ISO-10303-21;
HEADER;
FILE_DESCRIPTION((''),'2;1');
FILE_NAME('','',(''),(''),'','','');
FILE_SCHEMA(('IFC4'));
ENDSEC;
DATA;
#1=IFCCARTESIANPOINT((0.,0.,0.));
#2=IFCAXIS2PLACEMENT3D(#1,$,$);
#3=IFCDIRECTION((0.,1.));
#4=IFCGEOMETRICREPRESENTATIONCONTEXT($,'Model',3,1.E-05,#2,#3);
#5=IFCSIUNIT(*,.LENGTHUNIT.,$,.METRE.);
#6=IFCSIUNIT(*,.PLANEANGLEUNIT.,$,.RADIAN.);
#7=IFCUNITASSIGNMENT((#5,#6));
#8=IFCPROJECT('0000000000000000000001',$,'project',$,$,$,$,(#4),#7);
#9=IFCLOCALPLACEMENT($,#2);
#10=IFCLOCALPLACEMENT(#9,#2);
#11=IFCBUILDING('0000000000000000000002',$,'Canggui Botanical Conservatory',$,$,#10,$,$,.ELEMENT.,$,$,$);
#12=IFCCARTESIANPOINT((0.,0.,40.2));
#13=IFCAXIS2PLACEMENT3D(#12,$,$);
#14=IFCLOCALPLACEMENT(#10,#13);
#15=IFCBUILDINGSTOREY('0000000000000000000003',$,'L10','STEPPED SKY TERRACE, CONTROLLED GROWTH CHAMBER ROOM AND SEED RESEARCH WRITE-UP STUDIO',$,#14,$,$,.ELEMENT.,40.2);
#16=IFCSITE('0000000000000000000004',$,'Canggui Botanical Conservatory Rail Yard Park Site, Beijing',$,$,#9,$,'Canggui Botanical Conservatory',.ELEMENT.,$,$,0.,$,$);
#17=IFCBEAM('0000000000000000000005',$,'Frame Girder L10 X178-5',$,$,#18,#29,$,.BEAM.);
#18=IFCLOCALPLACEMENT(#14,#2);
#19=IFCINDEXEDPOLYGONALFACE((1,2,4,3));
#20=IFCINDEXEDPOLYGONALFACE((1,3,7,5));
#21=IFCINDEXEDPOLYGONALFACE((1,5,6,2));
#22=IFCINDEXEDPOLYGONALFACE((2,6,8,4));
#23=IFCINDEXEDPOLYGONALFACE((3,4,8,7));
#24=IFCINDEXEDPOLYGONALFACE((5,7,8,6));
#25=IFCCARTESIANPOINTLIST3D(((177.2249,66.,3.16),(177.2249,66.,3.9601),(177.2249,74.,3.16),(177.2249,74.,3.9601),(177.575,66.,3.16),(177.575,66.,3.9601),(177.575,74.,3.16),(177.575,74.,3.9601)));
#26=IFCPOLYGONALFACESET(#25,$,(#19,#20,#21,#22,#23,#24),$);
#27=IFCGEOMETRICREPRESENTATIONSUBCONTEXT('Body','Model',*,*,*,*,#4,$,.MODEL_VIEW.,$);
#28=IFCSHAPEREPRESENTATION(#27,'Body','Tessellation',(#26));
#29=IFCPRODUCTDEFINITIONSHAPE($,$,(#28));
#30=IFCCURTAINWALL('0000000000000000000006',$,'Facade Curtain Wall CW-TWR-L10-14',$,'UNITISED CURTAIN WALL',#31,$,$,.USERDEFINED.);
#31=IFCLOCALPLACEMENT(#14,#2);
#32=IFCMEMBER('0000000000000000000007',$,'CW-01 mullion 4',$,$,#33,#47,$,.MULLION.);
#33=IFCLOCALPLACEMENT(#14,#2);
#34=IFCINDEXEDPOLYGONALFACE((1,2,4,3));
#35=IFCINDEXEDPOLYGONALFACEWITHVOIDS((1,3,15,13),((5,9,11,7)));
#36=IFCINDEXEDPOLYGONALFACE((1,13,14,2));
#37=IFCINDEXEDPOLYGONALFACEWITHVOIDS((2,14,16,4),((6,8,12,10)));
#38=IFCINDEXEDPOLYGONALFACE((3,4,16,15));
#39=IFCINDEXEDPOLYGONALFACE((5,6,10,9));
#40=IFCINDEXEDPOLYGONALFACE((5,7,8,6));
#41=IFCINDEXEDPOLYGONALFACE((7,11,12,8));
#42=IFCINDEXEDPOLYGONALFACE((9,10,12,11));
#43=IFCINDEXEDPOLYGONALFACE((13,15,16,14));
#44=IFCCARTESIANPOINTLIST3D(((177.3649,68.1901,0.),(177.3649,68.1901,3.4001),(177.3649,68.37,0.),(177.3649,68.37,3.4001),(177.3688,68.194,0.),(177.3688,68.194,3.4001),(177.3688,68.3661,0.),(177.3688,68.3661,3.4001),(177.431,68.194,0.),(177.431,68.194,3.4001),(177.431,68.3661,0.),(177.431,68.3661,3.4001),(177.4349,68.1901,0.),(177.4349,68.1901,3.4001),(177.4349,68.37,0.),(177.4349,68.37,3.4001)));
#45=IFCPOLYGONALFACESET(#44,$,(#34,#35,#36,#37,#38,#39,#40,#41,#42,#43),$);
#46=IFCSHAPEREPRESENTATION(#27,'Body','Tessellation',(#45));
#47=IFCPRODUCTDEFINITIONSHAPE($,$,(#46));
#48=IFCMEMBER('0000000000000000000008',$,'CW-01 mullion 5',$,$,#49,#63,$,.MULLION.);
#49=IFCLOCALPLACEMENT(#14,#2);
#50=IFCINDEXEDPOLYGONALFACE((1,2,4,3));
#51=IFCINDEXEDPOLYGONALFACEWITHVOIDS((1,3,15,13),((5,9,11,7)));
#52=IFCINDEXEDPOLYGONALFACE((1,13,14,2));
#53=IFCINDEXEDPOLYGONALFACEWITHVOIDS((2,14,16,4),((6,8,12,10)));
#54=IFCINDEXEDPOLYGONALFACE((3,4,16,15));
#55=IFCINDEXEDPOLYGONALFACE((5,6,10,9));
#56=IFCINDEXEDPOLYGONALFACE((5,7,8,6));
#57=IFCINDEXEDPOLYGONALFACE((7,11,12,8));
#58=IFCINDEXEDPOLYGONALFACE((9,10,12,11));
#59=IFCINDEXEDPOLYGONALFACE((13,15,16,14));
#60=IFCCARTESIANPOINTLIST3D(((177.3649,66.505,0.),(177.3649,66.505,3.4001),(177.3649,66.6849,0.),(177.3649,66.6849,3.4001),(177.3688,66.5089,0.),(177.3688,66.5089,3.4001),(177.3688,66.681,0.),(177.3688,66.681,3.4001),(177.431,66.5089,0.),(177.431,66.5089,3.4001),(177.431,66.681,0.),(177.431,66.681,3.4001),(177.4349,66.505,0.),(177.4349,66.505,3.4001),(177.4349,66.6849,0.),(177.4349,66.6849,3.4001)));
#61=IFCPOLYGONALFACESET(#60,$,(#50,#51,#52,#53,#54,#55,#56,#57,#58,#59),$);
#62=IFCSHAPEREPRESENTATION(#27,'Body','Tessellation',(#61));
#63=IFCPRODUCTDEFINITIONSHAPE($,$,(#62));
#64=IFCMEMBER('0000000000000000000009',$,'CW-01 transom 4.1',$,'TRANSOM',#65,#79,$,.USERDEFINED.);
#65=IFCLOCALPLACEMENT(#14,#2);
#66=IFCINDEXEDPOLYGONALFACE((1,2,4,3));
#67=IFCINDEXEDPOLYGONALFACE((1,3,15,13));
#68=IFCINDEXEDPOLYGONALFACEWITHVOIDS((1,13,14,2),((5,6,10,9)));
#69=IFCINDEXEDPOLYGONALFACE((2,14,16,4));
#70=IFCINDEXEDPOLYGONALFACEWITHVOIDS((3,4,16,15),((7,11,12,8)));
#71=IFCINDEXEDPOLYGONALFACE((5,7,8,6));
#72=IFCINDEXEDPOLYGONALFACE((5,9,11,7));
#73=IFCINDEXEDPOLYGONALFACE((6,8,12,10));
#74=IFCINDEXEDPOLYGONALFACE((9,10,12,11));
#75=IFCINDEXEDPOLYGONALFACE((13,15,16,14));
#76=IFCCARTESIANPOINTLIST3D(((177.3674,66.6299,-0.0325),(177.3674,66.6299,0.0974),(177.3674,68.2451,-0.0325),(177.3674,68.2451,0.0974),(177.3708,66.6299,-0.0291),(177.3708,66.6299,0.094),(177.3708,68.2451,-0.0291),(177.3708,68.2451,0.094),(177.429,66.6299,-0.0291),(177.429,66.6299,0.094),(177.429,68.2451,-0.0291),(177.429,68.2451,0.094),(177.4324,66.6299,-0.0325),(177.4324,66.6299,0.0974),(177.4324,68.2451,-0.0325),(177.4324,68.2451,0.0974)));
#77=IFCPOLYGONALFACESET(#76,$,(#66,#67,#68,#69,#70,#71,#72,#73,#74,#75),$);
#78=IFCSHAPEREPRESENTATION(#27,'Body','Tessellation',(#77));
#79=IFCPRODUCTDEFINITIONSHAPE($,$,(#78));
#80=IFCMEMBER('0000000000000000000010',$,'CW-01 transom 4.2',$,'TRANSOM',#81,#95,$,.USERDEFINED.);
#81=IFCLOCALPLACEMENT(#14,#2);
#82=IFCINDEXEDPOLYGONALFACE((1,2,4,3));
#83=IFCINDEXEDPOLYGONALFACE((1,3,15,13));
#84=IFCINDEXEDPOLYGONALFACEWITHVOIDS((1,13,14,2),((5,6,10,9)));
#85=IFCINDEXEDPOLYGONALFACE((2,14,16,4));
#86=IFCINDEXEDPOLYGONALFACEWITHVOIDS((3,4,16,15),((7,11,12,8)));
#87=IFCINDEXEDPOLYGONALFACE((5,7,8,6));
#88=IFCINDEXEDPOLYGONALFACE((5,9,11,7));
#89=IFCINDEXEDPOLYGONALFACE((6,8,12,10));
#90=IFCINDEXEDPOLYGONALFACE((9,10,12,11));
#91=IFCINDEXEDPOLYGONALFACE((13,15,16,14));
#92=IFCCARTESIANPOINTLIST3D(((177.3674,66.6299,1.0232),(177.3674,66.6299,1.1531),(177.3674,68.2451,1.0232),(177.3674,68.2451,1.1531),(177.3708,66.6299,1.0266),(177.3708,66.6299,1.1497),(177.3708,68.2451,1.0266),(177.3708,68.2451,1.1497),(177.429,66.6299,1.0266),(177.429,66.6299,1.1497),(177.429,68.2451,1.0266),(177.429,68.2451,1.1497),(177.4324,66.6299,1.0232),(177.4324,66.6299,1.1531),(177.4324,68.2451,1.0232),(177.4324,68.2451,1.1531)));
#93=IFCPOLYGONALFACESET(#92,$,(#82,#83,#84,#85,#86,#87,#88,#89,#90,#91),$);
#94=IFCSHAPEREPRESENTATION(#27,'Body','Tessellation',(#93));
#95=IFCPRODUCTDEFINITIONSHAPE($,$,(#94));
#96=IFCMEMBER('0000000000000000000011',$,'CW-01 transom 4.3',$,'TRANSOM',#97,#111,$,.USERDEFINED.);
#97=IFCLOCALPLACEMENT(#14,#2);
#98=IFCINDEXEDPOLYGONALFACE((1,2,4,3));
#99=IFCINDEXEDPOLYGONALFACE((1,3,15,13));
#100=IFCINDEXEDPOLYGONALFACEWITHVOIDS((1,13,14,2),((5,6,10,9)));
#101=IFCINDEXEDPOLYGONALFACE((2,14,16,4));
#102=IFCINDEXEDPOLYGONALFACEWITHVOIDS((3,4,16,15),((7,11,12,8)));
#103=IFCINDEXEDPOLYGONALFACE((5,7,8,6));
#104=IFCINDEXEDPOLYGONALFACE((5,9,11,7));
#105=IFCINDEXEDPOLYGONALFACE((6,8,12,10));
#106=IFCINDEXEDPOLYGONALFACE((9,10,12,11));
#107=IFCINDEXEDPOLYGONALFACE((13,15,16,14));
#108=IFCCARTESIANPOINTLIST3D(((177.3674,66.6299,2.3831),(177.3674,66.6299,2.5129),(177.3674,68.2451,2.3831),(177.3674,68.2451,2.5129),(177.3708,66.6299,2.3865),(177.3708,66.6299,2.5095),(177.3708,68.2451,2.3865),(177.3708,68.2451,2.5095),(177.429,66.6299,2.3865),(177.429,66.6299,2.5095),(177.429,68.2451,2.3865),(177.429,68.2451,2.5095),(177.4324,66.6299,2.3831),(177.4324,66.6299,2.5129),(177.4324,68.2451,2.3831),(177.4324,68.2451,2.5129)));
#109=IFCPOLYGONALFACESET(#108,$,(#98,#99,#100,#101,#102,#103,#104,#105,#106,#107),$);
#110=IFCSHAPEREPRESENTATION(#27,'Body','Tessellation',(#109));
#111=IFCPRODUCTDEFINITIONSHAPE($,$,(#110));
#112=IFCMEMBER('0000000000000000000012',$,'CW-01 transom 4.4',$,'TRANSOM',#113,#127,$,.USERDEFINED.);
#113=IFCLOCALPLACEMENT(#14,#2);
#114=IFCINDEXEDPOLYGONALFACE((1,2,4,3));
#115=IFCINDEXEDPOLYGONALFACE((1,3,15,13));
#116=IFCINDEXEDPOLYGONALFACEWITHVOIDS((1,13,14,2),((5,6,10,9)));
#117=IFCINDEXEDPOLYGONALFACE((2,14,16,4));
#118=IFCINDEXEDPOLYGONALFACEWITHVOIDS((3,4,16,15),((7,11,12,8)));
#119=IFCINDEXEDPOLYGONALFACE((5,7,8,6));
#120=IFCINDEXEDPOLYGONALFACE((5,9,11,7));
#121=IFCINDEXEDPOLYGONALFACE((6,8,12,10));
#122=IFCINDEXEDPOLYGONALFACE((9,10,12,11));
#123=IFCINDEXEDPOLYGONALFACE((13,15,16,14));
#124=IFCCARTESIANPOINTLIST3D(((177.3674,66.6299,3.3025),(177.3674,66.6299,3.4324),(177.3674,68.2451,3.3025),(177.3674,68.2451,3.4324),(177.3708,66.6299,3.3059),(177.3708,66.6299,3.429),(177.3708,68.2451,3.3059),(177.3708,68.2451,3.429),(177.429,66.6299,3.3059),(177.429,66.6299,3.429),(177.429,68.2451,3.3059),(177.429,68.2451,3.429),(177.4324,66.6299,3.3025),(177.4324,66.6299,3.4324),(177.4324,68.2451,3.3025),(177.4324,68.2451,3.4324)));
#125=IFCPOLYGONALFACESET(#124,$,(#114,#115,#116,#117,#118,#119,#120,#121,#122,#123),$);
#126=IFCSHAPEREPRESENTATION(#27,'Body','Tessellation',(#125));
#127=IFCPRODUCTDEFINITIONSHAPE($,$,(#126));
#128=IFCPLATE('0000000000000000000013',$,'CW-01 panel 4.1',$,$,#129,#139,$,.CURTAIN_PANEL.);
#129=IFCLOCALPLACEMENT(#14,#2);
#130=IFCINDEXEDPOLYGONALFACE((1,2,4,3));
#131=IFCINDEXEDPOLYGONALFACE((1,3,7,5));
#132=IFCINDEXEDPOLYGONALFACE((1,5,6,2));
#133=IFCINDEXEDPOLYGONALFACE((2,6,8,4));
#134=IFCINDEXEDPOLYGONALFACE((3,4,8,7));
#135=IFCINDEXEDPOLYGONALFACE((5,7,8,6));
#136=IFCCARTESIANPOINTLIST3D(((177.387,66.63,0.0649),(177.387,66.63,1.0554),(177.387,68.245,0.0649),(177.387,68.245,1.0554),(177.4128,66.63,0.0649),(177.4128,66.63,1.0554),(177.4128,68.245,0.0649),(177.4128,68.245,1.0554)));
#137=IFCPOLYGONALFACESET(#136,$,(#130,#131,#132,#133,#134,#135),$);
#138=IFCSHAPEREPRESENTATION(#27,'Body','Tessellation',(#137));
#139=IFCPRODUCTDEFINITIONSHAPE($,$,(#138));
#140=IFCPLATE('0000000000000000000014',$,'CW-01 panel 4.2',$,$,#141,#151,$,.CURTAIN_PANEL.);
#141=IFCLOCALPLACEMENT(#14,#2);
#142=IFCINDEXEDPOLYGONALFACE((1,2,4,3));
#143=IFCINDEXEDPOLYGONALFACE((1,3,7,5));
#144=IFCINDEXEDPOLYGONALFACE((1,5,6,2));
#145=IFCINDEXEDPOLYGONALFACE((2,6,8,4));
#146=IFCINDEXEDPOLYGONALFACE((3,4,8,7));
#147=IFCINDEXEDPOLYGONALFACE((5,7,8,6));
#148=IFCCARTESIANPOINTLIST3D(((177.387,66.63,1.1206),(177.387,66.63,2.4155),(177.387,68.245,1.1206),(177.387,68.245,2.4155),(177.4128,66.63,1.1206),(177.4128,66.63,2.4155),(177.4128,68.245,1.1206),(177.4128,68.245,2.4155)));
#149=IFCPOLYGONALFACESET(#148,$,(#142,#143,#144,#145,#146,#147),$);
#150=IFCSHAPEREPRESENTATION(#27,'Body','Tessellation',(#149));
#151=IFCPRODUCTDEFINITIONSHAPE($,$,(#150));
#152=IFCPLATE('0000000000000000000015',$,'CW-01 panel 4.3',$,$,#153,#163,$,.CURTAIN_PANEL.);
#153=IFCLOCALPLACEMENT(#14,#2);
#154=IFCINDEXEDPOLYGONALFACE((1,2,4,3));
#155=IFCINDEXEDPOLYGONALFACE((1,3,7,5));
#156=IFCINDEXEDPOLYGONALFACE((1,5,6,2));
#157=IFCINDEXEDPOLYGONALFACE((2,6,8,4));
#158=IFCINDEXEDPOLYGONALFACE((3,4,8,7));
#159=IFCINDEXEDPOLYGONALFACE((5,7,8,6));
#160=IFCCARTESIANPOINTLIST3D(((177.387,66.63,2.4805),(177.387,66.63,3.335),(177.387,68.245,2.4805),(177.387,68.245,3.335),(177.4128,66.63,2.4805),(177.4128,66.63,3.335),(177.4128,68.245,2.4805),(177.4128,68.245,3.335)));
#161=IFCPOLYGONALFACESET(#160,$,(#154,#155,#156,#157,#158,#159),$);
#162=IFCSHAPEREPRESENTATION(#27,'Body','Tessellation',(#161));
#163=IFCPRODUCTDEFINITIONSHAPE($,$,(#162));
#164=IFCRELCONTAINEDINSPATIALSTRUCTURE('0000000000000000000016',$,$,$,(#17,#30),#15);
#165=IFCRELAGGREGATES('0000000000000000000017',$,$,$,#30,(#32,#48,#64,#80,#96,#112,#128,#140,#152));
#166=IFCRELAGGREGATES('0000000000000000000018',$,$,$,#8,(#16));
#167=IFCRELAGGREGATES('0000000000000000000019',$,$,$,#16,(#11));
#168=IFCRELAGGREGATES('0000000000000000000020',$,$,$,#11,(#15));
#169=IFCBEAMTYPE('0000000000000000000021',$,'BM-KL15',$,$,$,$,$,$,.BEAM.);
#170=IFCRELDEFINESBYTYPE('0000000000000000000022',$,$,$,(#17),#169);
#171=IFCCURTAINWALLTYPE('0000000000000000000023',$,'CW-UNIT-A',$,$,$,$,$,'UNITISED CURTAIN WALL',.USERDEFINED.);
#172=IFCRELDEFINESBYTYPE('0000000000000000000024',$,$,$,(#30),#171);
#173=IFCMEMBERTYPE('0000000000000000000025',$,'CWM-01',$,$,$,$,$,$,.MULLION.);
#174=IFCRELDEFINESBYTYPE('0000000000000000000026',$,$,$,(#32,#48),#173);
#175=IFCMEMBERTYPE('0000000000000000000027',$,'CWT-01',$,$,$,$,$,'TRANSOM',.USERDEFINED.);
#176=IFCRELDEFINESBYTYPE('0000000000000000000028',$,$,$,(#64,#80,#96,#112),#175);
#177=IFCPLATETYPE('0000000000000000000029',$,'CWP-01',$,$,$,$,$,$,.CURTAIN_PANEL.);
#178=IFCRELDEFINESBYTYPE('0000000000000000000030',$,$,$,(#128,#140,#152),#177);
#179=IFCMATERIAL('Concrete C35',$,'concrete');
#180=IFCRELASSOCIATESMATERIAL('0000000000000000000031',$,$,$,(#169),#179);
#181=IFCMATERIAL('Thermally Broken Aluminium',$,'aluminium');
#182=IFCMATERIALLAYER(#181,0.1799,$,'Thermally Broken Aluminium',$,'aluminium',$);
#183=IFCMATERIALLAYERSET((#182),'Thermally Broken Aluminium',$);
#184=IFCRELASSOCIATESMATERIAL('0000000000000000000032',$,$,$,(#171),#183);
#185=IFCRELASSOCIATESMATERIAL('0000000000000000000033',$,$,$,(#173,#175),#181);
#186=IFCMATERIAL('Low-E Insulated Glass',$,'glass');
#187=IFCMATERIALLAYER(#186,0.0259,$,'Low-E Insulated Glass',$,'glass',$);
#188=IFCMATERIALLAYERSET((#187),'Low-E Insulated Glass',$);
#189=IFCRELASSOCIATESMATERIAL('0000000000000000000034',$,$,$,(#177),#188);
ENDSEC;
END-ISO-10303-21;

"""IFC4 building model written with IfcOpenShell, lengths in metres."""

from ifc_helpers import new_model, si_unit, direction, frame, origin, origin_2d, place, context, subcontext, project, spatial, rectangle, hollow_rectangle, extrude, material, layer, layer_set, material_profile, profile_set, type_object, element, aggregate, save


model = new_model("IFC4")

# Units and contexts
model_context = context("Model", 3, precision=1e-05, world=origin(), true_north=direction((0.0, 1.0)))
body_context = subcontext(model_context, "Body", "Model", "MODEL_VIEW")
ifc_project = project(units=[si_unit("LENGTHUNIT", "METRE"), si_unit("PLANEANGLEUNIT", "RADIAN")], contexts=[model_context])

# Site, building, storey
site_placement = place(None, origin())
site = spatial("IfcSite", under=ifc_project, at=site_placement, Name="Canggui Botanical Conservatory Rail Yard Park Site, Beijing", LongName="Canggui Botanical Conservatory", CompositionType="ELEMENT", RefElevation=0.0)
building_placement = place(site_placement, origin())
building = spatial("IfcBuilding", under=site, at=building_placement, Name="Canggui Botanical Conservatory", CompositionType="ELEMENT")
storey_placement = place(building_placement, frame((0.0, 0.0, 40.2)))
storey = spatial("IfcBuildingStorey", under=building, at=storey_placement, Name="L10", Description="STEPPED SKY TERRACE, CONTROLLED GROWTH CHAMBER ROOM AND SEED RESEARCH WRITE-UP STUDIO", CompositionType="ELEMENT", Elevation=40.2)

# Shared definitions
ifc_material_1 = material(Name="Concrete C35", Category="concrete")

# Beam
ifc_material_profile_1 = material_profile(ifc_material_1, rectangle(XDim=0.3501, YDim=0.8, at=origin_2d()), Name="RB 350x800")
ifc_profile_set_1 = profile_set([ifc_material_profile_1], Name="Concrete C35")
beam_type_1 = type_object("IfcBeamType", Name="BM-KL15", PredefinedType="BEAM", material=ifc_profile_set_1)
for number, where, z_axis, x_axis, name in (
    (1, (177.3999, 66.0, 3.5601), (0.0, 1.0, 0.0), (-1.0, 0.0, 0.0), "Frame Girder L10 X178-5"),
):
    element("IfcBeam", number, at=place(storey_placement, frame(where, z_axis=z_axis, x_axis=x_axis)), inside=storey, type_object=beam_type_1, Name=name, PredefinedType="BEAM", context=body_context, shape_type="SweptSolid", body=[
        extrude(rectangle(XDim=0.3501, YDim=0.8, at=origin_2d()), origin(), (0.0, 0.0, 1.0), 8.0),
    ])

# Curtain wall, members, plates
ifc_material_2 = material(Name="Thermally Broken Aluminium", Category="aluminium")
ifc_layer_1 = layer(ifc_material_2, 0.1799, Name="Thermally Broken Aluminium", Category="aluminium")
ifc_layer_set_1 = layer_set([ifc_layer_1], Name="Thermally Broken Aluminium")
curtain_wall_type = type_object("IfcCurtainWallType", Name="CW-UNIT-A", ElementType="UNITISED CURTAIN WALL", PredefinedType="USERDEFINED", material=ifc_layer_set_1)
curtain_wall_placement = place(storey_placement, origin())
curtain_wall = element("IfcCurtainWall", 2, at=curtain_wall_placement, inside=storey, type_object=curtain_wall_type, Name="Facade Curtain Wall CW-TWR-L10-14", ObjectType="UNITISED CURTAIN WALL", PredefinedType="USERDEFINED")
ifc_material_profile_2 = material_profile(ifc_material_2, hollow_rectangle(XDim=0.0701, YDim=0.1799, WallThickness=0.0039, at=origin_2d()), Name="CWM 70x180x4")
ifc_profile_set_2 = profile_set([ifc_material_profile_2], Name="Thermally Broken Aluminium")
member_type_1 = type_object("IfcMemberType", Name="CWM-01", PredefinedType="MULLION", material=ifc_profile_set_2)
member_1_placement = place(storey_placement, frame((177.3999, 68.28, 0.0), z_axis=(0.0, 0.0, 1.0), x_axis=(1.0, 0.0, 0.0)))
member_1 = element("IfcMember", 3, at=member_1_placement, type_object=member_type_1, Name="CW-01 mullion 4", PredefinedType="MULLION", context=body_context, shape_type="SweptSolid", body=[
    extrude(hollow_rectangle(XDim=0.0701, YDim=0.1799, WallThickness=0.0039, at=origin_2d()), origin(), (0.0, 0.0, 1.0), 3.4001),
])
member_2_placement = place(storey_placement, frame((177.3999, 66.595, 0.0), z_axis=(0.0, 0.0, 1.0), x_axis=(1.0, 0.0, 0.0)))
member_2 = element("IfcMember", 4, at=member_2_placement, type_object=member_type_1, Name="CW-01 mullion 5", PredefinedType="MULLION", context=body_context, shape_type="SweptSolid", body=[
    extrude(hollow_rectangle(XDim=0.0701, YDim=0.1799, WallThickness=0.0039, at=origin_2d()), origin(), (0.0, 0.0, 1.0), 3.4001),
])
ifc_material_profile_3 = material_profile(ifc_material_2, hollow_rectangle(XDim=0.0649, YDim=0.1299, WallThickness=0.0034, at=origin_2d()), Name="CWT 65x130x3.5")
ifc_profile_set_3 = profile_set([ifc_material_profile_3], Name="Thermally Broken Aluminium")
member_type_2 = type_object("IfcMemberType", Name="CWT-01", ElementType="TRANSOM", PredefinedType="USERDEFINED", material=ifc_profile_set_3)
member_3_placement = place(storey_placement, frame((177.3999, 68.2451, 0.0325), z_axis=(0.0, -1.0, 0.0), x_axis=(1.0, 0.0, 0.0)))
member_3 = element("IfcMember", 5, at=member_3_placement, type_object=member_type_2, Name="CW-01 transom 4.1", ObjectType="TRANSOM", PredefinedType="USERDEFINED", context=body_context, shape_type="SweptSolid", body=[
    extrude(hollow_rectangle(XDim=0.0649, YDim=0.1299, WallThickness=0.0034, at=origin_2d()), origin(), (0.0, 0.0, 1.0), 1.6152),
])
member_4_placement = place(storey_placement, frame((177.3999, 68.2451, 1.0881), z_axis=(0.0, -1.0, 0.0), x_axis=(1.0, 0.0, 0.0)))
member_4 = element("IfcMember", 6, at=member_4_placement, type_object=member_type_2, Name="CW-01 transom 4.2", ObjectType="TRANSOM", PredefinedType="USERDEFINED", context=body_context, shape_type="SweptSolid", body=[
    extrude(hollow_rectangle(XDim=0.0649, YDim=0.1299, WallThickness=0.0034, at=origin_2d()), origin(), (0.0, 0.0, 1.0), 1.6152),
])
member_5_placement = place(storey_placement, frame((177.3999, 68.2451, 2.448), z_axis=(0.0, -1.0, 0.0), x_axis=(1.0, 0.0, 0.0)))
member_5 = element("IfcMember", 7, at=member_5_placement, type_object=member_type_2, Name="CW-01 transom 4.3", ObjectType="TRANSOM", PredefinedType="USERDEFINED", context=body_context, shape_type="SweptSolid", body=[
    extrude(hollow_rectangle(XDim=0.0649, YDim=0.1299, WallThickness=0.0034, at=origin_2d()), origin(), (0.0, 0.0, 1.0), 1.6152),
])
member_6_placement = place(storey_placement, frame((177.3999, 68.2451, 3.3674), z_axis=(0.0, -1.0, 0.0), x_axis=(1.0, 0.0, 0.0)))
member_6 = element("IfcMember", 8, at=member_6_placement, type_object=member_type_2, Name="CW-01 transom 4.4", ObjectType="TRANSOM", PredefinedType="USERDEFINED", context=body_context, shape_type="SweptSolid", body=[
    extrude(hollow_rectangle(XDim=0.0649, YDim=0.1299, WallThickness=0.0034, at=origin_2d()), origin(), (0.0, 0.0, 1.0), 1.6152),
])
ifc_material_3 = material(Name="Low-E Insulated Glass", Category="glass")
ifc_layer_2 = layer(ifc_material_3, 0.0259, Name="Low-E Insulated Glass", Category="glass")
ifc_layer_set_2 = layer_set([ifc_layer_2], Name="Low-E Insulated Glass")
plate_type = type_object("IfcPlateType", Name="CWP-01", PredefinedType="CURTAIN_PANEL", material=ifc_layer_set_2)
plate_1_placement = place(storey_placement, frame((177.3999, 67.4375, 0.0649), z_axis=(0.0, 0.0, 1.0), x_axis=(0.0, -1.0, 0.0)))
plate_1 = element("IfcPlate", 9, at=plate_1_placement, type_object=plate_type, Name="CW-01 panel 4.1", PredefinedType="CURTAIN_PANEL", context=body_context, shape_type="SweptSolid", body=[
    extrude(rectangle(XDim=1.615, YDim=0.0259, at=origin_2d()), origin(), (0.0, 0.0, 1.0), 0.9905),
])
plate_2_placement = place(storey_placement, frame((177.3999, 67.4375, 1.1206), z_axis=(0.0, 0.0, 1.0), x_axis=(0.0, -1.0, 0.0)))
plate_2 = element("IfcPlate", 10, at=plate_2_placement, type_object=plate_type, Name="CW-01 panel 4.2", PredefinedType="CURTAIN_PANEL", context=body_context, shape_type="SweptSolid", body=[
    extrude(rectangle(XDim=1.615, YDim=0.0259, at=origin_2d()), origin(), (0.0, 0.0, 1.0), 1.2949),
])
plate_3_placement = place(storey_placement, frame((177.3999, 67.4375, 2.4805), z_axis=(0.0, 0.0, 1.0), x_axis=(0.0, -1.0, 0.0)))
plate_3 = element("IfcPlate", 11, at=plate_3_placement, type_object=plate_type, Name="CW-01 panel 4.3", PredefinedType="CURTAIN_PANEL", context=body_context, shape_type="SweptSolid", body=[
    extrude(rectangle(XDim=1.615, YDim=0.0259, at=origin_2d()), origin(), (0.0, 0.0, 1.0), 0.8545),
])
aggregate(curtain_wall, [member_1, member_2, member_3, member_4, member_5, member_6, plate_1, plate_2, plate_3])

save(model, "model.ifc")
